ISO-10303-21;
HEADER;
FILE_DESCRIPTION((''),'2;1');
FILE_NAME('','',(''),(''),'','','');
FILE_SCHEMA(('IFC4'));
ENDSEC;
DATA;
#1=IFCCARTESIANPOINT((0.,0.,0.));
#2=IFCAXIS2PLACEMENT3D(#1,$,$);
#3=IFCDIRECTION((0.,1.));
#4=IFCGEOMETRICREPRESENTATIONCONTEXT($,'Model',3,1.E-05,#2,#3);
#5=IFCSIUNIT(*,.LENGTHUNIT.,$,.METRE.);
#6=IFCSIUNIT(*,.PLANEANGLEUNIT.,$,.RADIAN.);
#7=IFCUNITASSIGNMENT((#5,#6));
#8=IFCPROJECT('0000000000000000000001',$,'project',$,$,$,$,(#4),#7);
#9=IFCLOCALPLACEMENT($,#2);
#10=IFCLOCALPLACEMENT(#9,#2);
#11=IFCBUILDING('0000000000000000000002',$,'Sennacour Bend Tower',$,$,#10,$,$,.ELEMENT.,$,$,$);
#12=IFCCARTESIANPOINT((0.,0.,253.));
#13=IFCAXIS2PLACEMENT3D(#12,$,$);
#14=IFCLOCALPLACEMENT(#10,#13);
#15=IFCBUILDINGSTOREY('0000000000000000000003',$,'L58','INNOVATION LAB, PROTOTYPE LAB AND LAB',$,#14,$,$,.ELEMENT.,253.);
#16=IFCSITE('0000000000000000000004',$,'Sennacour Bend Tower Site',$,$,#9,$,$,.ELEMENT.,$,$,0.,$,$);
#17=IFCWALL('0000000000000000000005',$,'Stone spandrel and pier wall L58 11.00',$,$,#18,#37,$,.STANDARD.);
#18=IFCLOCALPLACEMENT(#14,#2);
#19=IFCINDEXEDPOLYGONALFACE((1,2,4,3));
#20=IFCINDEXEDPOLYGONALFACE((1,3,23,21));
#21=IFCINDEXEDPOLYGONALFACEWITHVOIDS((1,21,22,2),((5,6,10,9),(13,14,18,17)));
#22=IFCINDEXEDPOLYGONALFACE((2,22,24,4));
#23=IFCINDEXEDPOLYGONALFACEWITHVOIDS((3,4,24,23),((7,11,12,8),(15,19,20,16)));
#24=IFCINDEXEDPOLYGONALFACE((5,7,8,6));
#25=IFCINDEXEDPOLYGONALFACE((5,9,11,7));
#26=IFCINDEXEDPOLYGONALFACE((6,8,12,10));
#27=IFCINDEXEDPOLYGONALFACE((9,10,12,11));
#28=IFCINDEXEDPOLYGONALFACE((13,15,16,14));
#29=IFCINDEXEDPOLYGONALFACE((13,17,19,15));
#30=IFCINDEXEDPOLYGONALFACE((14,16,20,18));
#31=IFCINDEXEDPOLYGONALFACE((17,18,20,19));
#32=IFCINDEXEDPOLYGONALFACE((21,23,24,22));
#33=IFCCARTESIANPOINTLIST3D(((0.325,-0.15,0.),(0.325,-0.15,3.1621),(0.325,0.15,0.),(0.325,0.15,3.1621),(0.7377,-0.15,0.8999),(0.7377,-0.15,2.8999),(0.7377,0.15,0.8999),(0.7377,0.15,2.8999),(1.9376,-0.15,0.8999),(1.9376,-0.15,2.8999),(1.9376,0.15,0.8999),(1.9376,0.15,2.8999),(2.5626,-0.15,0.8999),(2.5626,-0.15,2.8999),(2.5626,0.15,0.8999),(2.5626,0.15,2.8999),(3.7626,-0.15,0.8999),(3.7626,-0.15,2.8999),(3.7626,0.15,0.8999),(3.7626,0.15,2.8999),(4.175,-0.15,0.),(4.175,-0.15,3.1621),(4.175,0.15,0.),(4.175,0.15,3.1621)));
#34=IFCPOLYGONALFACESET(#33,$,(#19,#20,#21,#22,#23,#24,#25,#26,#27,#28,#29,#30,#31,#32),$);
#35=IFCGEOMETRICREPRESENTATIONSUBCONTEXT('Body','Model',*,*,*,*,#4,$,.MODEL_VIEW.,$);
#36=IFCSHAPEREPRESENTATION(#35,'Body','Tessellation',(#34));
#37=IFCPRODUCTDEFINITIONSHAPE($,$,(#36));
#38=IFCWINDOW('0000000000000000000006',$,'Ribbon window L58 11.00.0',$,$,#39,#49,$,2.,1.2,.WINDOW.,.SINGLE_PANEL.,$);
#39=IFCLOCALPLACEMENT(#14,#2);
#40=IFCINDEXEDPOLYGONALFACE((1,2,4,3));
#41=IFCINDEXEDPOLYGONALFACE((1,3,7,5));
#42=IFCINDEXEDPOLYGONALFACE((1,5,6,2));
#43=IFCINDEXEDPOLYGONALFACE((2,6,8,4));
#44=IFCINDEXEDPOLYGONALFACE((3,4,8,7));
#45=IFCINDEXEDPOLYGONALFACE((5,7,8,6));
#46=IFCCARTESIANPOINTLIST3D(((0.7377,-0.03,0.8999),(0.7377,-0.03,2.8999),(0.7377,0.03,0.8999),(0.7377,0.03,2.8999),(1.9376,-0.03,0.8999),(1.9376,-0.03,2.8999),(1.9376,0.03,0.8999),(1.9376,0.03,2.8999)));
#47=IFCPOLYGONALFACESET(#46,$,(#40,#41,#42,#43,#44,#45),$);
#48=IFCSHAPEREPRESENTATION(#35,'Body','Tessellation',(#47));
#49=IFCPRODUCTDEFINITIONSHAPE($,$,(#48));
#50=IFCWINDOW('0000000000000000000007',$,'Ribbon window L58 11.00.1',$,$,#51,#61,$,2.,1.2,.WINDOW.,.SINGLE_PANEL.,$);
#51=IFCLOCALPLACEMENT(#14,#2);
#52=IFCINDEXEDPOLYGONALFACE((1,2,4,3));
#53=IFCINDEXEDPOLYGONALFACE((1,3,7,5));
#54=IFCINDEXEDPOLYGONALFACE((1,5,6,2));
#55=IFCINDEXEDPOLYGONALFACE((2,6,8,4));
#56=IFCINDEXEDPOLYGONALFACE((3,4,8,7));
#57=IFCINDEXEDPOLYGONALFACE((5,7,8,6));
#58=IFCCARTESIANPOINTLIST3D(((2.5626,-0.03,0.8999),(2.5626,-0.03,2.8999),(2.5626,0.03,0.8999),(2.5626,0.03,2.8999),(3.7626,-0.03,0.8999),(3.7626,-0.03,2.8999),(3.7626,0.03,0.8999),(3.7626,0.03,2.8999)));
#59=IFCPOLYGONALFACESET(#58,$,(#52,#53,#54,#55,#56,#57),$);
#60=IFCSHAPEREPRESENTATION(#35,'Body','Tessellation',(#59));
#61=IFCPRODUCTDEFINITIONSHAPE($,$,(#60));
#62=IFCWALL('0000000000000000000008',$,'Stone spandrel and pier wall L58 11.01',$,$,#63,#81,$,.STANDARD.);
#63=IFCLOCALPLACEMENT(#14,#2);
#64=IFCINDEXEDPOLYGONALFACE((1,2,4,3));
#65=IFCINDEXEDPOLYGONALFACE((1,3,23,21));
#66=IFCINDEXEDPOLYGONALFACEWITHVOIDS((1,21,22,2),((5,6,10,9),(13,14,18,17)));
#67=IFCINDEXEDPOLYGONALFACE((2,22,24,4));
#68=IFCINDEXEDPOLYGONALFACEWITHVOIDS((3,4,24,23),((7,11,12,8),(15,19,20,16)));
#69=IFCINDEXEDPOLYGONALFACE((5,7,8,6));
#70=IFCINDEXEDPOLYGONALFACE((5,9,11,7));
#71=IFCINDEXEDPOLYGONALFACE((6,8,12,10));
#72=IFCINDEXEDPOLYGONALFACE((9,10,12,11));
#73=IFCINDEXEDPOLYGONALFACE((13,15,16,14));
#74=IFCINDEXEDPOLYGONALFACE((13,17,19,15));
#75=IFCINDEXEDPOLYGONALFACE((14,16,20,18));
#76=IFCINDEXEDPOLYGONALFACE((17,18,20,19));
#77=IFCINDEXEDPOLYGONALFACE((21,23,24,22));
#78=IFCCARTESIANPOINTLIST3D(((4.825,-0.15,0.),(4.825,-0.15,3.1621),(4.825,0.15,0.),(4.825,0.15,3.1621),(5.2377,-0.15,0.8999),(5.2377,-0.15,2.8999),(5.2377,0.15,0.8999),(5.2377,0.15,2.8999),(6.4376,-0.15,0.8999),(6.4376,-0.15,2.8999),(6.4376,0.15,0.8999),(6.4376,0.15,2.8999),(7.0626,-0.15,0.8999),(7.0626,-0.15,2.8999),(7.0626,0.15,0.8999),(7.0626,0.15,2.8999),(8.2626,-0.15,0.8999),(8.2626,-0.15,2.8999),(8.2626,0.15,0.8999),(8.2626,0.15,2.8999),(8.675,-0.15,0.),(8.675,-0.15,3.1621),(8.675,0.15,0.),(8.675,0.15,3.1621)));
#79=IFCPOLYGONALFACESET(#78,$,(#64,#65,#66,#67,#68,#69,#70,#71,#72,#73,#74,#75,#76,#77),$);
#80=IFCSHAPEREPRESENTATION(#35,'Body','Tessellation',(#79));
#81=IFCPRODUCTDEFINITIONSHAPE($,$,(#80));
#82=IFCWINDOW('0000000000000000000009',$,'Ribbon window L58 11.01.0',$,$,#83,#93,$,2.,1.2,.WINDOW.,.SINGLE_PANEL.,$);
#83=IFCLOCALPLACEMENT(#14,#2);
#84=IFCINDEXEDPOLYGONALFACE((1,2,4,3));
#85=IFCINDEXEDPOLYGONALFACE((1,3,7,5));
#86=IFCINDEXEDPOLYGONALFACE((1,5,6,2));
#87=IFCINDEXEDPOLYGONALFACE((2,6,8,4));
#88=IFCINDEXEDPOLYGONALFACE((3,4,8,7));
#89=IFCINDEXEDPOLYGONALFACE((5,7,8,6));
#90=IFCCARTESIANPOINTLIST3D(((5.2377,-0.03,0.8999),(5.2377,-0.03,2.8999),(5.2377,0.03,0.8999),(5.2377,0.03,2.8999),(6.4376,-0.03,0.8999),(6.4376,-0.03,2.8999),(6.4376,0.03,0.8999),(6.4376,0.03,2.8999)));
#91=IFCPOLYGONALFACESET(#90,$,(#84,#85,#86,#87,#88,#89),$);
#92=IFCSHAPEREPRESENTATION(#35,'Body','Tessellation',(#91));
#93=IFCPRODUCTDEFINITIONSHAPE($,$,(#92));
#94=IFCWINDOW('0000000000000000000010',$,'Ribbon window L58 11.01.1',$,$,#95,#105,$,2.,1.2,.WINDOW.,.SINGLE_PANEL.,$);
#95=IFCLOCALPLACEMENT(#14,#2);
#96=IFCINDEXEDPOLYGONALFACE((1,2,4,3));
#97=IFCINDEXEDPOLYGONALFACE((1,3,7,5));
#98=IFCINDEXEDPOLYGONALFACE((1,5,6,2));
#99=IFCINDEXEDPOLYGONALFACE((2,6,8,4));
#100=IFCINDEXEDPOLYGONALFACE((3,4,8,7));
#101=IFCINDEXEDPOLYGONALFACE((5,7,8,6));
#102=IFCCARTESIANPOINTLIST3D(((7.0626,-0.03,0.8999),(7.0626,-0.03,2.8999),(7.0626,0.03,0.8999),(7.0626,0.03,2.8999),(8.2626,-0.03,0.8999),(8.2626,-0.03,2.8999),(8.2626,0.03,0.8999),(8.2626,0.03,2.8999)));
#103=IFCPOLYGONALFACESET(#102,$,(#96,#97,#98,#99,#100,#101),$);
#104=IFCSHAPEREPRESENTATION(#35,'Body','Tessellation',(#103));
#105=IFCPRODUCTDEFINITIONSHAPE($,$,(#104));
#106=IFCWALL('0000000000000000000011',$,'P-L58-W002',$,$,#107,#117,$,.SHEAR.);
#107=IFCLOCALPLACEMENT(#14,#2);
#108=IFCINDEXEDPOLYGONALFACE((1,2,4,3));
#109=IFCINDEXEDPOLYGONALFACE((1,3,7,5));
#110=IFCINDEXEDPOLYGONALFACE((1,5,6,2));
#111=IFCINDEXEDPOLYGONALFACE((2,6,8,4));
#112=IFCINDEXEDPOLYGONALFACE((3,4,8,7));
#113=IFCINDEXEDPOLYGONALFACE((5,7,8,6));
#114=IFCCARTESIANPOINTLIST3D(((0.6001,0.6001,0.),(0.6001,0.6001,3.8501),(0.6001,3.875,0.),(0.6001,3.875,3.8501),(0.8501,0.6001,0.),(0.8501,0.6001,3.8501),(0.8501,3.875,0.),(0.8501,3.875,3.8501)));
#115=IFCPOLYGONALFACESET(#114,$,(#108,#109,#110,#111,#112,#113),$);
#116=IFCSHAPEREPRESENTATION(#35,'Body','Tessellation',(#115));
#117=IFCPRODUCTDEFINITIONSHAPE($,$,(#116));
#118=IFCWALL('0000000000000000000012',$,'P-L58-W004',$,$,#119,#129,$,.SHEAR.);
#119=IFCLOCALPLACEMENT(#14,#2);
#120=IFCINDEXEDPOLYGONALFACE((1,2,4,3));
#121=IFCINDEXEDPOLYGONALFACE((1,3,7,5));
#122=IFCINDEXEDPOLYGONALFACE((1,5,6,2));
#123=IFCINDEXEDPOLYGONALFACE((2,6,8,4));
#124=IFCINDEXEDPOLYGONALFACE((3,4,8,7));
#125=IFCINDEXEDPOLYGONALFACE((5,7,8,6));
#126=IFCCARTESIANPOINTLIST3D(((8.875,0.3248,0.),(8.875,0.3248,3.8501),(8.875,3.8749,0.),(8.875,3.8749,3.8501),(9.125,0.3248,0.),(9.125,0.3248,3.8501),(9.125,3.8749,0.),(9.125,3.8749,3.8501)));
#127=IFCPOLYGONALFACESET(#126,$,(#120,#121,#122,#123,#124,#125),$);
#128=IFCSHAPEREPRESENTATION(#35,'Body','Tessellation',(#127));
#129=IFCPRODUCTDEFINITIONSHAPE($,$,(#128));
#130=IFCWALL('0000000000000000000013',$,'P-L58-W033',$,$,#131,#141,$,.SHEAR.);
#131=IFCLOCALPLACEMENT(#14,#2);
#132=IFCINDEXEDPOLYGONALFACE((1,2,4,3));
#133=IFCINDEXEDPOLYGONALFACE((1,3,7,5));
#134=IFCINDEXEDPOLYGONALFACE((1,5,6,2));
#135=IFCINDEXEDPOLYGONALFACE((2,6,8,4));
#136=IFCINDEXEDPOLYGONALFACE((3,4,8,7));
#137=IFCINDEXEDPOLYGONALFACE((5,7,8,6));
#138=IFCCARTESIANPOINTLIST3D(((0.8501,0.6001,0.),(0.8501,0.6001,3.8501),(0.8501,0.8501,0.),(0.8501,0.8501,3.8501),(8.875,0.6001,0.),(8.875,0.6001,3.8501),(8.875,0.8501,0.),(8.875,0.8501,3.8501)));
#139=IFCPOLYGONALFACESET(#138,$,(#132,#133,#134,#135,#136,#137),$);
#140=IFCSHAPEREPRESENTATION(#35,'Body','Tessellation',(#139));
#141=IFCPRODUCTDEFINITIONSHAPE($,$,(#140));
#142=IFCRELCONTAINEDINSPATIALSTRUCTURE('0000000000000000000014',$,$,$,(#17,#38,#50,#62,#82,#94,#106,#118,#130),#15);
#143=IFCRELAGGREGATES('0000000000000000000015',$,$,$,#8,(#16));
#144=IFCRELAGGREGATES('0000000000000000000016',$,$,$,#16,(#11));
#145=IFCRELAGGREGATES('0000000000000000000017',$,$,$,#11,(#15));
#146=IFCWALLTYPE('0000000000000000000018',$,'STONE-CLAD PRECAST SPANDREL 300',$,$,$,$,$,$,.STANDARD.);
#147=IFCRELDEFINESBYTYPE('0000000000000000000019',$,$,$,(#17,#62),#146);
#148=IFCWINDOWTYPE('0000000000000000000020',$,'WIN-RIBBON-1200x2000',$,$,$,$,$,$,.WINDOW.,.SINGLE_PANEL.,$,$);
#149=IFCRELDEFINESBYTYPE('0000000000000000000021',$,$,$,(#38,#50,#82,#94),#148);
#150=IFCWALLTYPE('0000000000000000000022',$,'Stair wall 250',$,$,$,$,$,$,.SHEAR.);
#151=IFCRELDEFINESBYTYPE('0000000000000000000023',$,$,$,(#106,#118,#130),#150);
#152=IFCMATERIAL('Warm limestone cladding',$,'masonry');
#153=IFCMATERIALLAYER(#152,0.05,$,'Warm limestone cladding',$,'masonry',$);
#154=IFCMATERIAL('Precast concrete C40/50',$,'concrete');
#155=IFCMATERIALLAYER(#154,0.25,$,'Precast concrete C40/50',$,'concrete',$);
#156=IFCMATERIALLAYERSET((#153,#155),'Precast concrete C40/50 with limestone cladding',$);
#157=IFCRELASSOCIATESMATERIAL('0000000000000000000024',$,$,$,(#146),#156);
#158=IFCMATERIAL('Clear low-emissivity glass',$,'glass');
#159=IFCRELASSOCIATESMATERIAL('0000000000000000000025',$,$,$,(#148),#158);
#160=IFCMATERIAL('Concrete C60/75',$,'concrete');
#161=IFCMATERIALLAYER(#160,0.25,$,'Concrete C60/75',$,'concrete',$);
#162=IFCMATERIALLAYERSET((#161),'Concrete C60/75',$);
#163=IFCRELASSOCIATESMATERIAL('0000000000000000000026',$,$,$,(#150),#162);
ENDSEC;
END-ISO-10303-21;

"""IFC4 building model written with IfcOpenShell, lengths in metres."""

from ifc_helpers import new_model, si_unit, direction, frame, frame_2d, origin, place, context, subcontext, project, spatial, rectangle, extrude, material, layer, layer_set, type_object, element, fill, save


model = new_model("IFC4")

# Units and contexts
model_context = context("Model", 3, precision=1e-05, world=origin(), true_north=direction((0.0, 1.0)))
body_context = subcontext(model_context, "Body", "Model", "MODEL_VIEW")
ifc_project = project(units=[si_unit("LENGTHUNIT", "METRE"), si_unit("PLANEANGLEUNIT", "RADIAN")], contexts=[model_context])

# Site, building, storey
site_placement = place(None, origin())
site = spatial("IfcSite", under=ifc_project, at=site_placement, Name="Sennacour Bend Tower Site", CompositionType="ELEMENT", RefElevation=0.0)
building_placement = place(site_placement, origin())
building = spatial("IfcBuilding", under=site, at=building_placement, Name="Sennacour Bend Tower", CompositionType="ELEMENT")
storey_placement = place(building_placement, frame((0.0, 0.0, 253.0)))
storey = spatial("IfcBuildingStorey", under=building, at=storey_placement, Name="L58", Description="INNOVATION LAB, PROTOTYPE LAB AND LAB", CompositionType="ELEMENT", Elevation=253.0)

# Walls, openings, windows
ifc_material_1 = material(Name="Warm limestone cladding", Category="masonry")
ifc_layer_1 = layer(ifc_material_1, 0.05, Name="Warm limestone cladding", Category="masonry")
ifc_material_2 = material(Name="Precast concrete C40/50", Category="concrete")
ifc_layer_2 = layer(ifc_material_2, 0.25, Name="Precast concrete C40/50", Category="concrete")
ifc_layer_set_1 = layer_set([ifc_layer_1, ifc_layer_2], Name="Precast concrete C40/50 with limestone cladding")
wall_type_1 = type_object("IfcWallType", Name="STONE-CLAD PRECAST SPANDREL 300", PredefinedType="STANDARD", material=ifc_layer_set_1)
wall_1_placement = place(storey_placement, frame((0.325, 0.0, 0.0), z_axis=(0.0, 0.0, 1.0), x_axis=(1.0, 0.0, 0.0)))
wall_1 = element("IfcWall", 1, at=wall_1_placement, inside=storey, type_object=wall_type_1, Name="Stone spandrel and pier wall L58 11.00", PredefinedType="STANDARD", context=body_context, shape_type="SweptSolid", body=[
    extrude(rectangle(XDim=3.8501, YDim=0.3, at=frame_2d((1.925, 0.0))), origin(), (0.0, 0.0, 1.0), 3.1621),
])
opening_1_placement = place(wall_1_placement, frame((0.4126, 0.0, 0.8999)))
opening_1 = element("IfcOpeningElement", 2, at=opening_1_placement, cuts=wall_1, PredefinedType="OPENING", context=body_context, shape_type="SweptSolid", body=[
    extrude(rectangle(XDim=1.2, YDim=2.0, at=frame_2d((0.6001, 1.0))), frame((0.0, 0.1602, 0.0), z_axis=(0.0, -1.0, 0.0), x_axis=(1.0, 0.0, 0.0)), (0.0, 0.0, 1.0), 0.3201),
])
opening_2_placement = place(wall_1_placement, frame((2.2375, 0.0, 0.8999)))
opening_2 = element("IfcOpeningElement", 3, at=opening_2_placement, cuts=wall_1, PredefinedType="OPENING", context=body_context, shape_type="SweptSolid", body=[
    extrude(rectangle(XDim=1.2, YDim=2.0, at=frame_2d((0.6001, 1.0))), frame((0.0, 0.1602, 0.0), z_axis=(0.0, -1.0, 0.0), x_axis=(1.0, 0.0, 0.0)), (0.0, 0.0, 1.0), 0.3201),
])
ifc_material_3 = material(Name="Clear low-emissivity glass", Category="glass")
window_type = type_object("IfcWindowType", Name="WIN-RIBBON-1200x2000", PartitioningType="SINGLE_PANEL", PredefinedType="WINDOW", material=ifc_material_3)
window_1_placement = place(opening_1_placement, origin())
window_1 = element("IfcWindow", 4, at=window_1_placement, inside=storey, type_object=window_type, Name="Ribbon window L58 11.00.0", OverallHeight=2.0, OverallWidth=1.2, PartitioningType="SINGLE_PANEL", PredefinedType="WINDOW", context=body_context, shape_type="SweptSolid", body=[
    extrude(rectangle(XDim=1.2, YDim=2.0, at=frame_2d((0.6001, 1.0))), frame((0.0, 0.03, 0.0), z_axis=(0.0, -1.0, 0.0), x_axis=(1.0, 0.0, 0.0)), (0.0, 0.0, 1.0), 0.0601),
])
fill(opening_1, window_1)
window_2_placement = place(opening_2_placement, origin())
window_2 = element("IfcWindow", 5, at=window_2_placement, inside=storey, type_object=window_type, Name="Ribbon window L58 11.00.1", OverallHeight=2.0, OverallWidth=1.2, PartitioningType="SINGLE_PANEL", PredefinedType="WINDOW", context=body_context, shape_type="SweptSolid", body=[
    extrude(rectangle(XDim=1.2, YDim=2.0, at=frame_2d((0.6001, 1.0))), frame((0.0, 0.03, 0.0), z_axis=(0.0, -1.0, 0.0), x_axis=(1.0, 0.0, 0.0)), (0.0, 0.0, 1.0), 0.0601),
])
fill(opening_2, window_2)
wall_2_placement = place(storey_placement, frame((4.825, 0.0, 0.0), z_axis=(0.0, 0.0, 1.0), x_axis=(1.0, 0.0, 0.0)))
wall_2 = element("IfcWall", 6, at=wall_2_placement, inside=storey, type_object=wall_type_1, Name="Stone spandrel and pier wall L58 11.01", PredefinedType="STANDARD", context=body_context, shape_type="SweptSolid", body=[
    extrude(rectangle(XDim=3.8501, YDim=0.3, at=frame_2d((1.925, 0.0))), origin(), (0.0, 0.0, 1.0), 3.1621),
])
opening_3_placement = place(wall_2_placement, frame((0.4126, 0.0, 0.8999)))
opening_3 = element("IfcOpeningElement", 7, at=opening_3_placement, cuts=wall_2, PredefinedType="OPENING", context=body_context, shape_type="SweptSolid", body=[
    extrude(rectangle(XDim=1.2, YDim=2.0, at=frame_2d((0.6001, 1.0))), frame((0.0, 0.1602, 0.0), z_axis=(0.0, -1.0, 0.0), x_axis=(1.0, 0.0, 0.0)), (0.0, 0.0, 1.0), 0.3201),
])
opening_4_placement = place(wall_2_placement, frame((2.2375, 0.0, 0.8999)))
opening_4 = element("IfcOpeningElement", 8, at=opening_4_placement, cuts=wall_2, PredefinedType="OPENING", context=body_context, shape_type="SweptSolid", body=[
    extrude(rectangle(XDim=1.2, YDim=2.0, at=frame_2d((0.6001, 1.0))), frame((0.0, 0.1602, 0.0), z_axis=(0.0, -1.0, 0.0), x_axis=(1.0, 0.0, 0.0)), (0.0, 0.0, 1.0), 0.3201),
])
window_3_placement = place(opening_3_placement, origin())
window_3 = element("IfcWindow", 9, at=window_3_placement, inside=storey, type_object=window_type, Name="Ribbon window L58 11.01.0", OverallHeight=2.0, OverallWidth=1.2, PartitioningType="SINGLE_PANEL", PredefinedType="WINDOW", context=body_context, shape_type="SweptSolid", body=[
    extrude(rectangle(XDim=1.2, YDim=2.0, at=frame_2d((0.6001, 1.0))), frame((0.0, 0.03, 0.0), z_axis=(0.0, -1.0, 0.0), x_axis=(1.0, 0.0, 0.0)), (0.0, 0.0, 1.0), 0.0601),
])
fill(opening_3, window_3)
window_4_placement = place(opening_4_placement, origin())
window_4 = element("IfcWindow", 10, at=window_4_placement, inside=storey, type_object=window_type, Name="Ribbon window L58 11.01.1", OverallHeight=2.0, OverallWidth=1.2, PartitioningType="SINGLE_PANEL", PredefinedType="WINDOW", context=body_context, shape_type="SweptSolid", body=[
    extrude(rectangle(XDim=1.2, YDim=2.0, at=frame_2d((0.6001, 1.0))), frame((0.0, 0.03, 0.0), z_axis=(0.0, -1.0, 0.0), x_axis=(1.0, 0.0, 0.0)), (0.0, 0.0, 1.0), 0.0601),
])
fill(opening_4, window_4)

# Walls
ifc_material_4 = material(Name="Concrete C60/75", Category="concrete")
ifc_layer_3 = layer(ifc_material_4, 0.25, Name="Concrete C60/75", Category="concrete")
ifc_layer_set_2 = layer_set([ifc_layer_3], Name="Concrete C60/75")
wall_type_2 = type_object("IfcWallType", Name="Stair wall 250", PredefinedType="SHEAR", material=ifc_layer_set_2)
wall_3_placement = place(storey_placement, frame((0.7251, 0.6001, 0.0), z_axis=(0.0, 0.0, 1.0), x_axis=(0.0, 1.0, 0.0)))
element("IfcWall", 11, at=wall_3_placement, inside=storey, type_object=wall_type_2, Name="P-L58-W002", PredefinedType="SHEAR", context=body_context, shape_type="SweptSolid", body=[
    extrude(rectangle(XDim=3.2749, YDim=0.25, at=frame_2d((1.6375, 0.0))), origin(), (0.0, 0.0, 1.0), 3.8501),
])
wall_4_placement = place(storey_placement, frame((9.0, 0.325, 0.0), z_axis=(0.0, 0.0, 1.0), x_axis=(0.0, 1.0, 0.0)))
element("IfcWall", 12, at=wall_4_placement, inside=storey, type_object=wall_type_2, Name="P-L58-W004", PredefinedType="SHEAR", context=body_context, shape_type="SweptSolid", body=[
    extrude(rectangle(XDim=3.55, YDim=0.25, at=frame_2d((1.7749, 0.0))), origin(), (0.0, 0.0, 1.0), 3.8501),
])
wall_5_placement = place(storey_placement, frame((0.8501, 0.7251, 0.0), z_axis=(0.0, 0.0, 1.0), x_axis=(1.0, 0.0, 0.0)))
element("IfcWall", 13, at=wall_5_placement, inside=storey, type_object=wall_type_2, Name="P-L58-W033", PredefinedType="SHEAR", context=body_context, shape_type="SweptSolid", body=[
    extrude(rectangle(XDim=8.0249, YDim=0.25, at=frame_2d((4.0125, 0.0))), origin(), (0.0, 0.0, 1.0), 3.8501),
])

save(model, "model.ifc")
